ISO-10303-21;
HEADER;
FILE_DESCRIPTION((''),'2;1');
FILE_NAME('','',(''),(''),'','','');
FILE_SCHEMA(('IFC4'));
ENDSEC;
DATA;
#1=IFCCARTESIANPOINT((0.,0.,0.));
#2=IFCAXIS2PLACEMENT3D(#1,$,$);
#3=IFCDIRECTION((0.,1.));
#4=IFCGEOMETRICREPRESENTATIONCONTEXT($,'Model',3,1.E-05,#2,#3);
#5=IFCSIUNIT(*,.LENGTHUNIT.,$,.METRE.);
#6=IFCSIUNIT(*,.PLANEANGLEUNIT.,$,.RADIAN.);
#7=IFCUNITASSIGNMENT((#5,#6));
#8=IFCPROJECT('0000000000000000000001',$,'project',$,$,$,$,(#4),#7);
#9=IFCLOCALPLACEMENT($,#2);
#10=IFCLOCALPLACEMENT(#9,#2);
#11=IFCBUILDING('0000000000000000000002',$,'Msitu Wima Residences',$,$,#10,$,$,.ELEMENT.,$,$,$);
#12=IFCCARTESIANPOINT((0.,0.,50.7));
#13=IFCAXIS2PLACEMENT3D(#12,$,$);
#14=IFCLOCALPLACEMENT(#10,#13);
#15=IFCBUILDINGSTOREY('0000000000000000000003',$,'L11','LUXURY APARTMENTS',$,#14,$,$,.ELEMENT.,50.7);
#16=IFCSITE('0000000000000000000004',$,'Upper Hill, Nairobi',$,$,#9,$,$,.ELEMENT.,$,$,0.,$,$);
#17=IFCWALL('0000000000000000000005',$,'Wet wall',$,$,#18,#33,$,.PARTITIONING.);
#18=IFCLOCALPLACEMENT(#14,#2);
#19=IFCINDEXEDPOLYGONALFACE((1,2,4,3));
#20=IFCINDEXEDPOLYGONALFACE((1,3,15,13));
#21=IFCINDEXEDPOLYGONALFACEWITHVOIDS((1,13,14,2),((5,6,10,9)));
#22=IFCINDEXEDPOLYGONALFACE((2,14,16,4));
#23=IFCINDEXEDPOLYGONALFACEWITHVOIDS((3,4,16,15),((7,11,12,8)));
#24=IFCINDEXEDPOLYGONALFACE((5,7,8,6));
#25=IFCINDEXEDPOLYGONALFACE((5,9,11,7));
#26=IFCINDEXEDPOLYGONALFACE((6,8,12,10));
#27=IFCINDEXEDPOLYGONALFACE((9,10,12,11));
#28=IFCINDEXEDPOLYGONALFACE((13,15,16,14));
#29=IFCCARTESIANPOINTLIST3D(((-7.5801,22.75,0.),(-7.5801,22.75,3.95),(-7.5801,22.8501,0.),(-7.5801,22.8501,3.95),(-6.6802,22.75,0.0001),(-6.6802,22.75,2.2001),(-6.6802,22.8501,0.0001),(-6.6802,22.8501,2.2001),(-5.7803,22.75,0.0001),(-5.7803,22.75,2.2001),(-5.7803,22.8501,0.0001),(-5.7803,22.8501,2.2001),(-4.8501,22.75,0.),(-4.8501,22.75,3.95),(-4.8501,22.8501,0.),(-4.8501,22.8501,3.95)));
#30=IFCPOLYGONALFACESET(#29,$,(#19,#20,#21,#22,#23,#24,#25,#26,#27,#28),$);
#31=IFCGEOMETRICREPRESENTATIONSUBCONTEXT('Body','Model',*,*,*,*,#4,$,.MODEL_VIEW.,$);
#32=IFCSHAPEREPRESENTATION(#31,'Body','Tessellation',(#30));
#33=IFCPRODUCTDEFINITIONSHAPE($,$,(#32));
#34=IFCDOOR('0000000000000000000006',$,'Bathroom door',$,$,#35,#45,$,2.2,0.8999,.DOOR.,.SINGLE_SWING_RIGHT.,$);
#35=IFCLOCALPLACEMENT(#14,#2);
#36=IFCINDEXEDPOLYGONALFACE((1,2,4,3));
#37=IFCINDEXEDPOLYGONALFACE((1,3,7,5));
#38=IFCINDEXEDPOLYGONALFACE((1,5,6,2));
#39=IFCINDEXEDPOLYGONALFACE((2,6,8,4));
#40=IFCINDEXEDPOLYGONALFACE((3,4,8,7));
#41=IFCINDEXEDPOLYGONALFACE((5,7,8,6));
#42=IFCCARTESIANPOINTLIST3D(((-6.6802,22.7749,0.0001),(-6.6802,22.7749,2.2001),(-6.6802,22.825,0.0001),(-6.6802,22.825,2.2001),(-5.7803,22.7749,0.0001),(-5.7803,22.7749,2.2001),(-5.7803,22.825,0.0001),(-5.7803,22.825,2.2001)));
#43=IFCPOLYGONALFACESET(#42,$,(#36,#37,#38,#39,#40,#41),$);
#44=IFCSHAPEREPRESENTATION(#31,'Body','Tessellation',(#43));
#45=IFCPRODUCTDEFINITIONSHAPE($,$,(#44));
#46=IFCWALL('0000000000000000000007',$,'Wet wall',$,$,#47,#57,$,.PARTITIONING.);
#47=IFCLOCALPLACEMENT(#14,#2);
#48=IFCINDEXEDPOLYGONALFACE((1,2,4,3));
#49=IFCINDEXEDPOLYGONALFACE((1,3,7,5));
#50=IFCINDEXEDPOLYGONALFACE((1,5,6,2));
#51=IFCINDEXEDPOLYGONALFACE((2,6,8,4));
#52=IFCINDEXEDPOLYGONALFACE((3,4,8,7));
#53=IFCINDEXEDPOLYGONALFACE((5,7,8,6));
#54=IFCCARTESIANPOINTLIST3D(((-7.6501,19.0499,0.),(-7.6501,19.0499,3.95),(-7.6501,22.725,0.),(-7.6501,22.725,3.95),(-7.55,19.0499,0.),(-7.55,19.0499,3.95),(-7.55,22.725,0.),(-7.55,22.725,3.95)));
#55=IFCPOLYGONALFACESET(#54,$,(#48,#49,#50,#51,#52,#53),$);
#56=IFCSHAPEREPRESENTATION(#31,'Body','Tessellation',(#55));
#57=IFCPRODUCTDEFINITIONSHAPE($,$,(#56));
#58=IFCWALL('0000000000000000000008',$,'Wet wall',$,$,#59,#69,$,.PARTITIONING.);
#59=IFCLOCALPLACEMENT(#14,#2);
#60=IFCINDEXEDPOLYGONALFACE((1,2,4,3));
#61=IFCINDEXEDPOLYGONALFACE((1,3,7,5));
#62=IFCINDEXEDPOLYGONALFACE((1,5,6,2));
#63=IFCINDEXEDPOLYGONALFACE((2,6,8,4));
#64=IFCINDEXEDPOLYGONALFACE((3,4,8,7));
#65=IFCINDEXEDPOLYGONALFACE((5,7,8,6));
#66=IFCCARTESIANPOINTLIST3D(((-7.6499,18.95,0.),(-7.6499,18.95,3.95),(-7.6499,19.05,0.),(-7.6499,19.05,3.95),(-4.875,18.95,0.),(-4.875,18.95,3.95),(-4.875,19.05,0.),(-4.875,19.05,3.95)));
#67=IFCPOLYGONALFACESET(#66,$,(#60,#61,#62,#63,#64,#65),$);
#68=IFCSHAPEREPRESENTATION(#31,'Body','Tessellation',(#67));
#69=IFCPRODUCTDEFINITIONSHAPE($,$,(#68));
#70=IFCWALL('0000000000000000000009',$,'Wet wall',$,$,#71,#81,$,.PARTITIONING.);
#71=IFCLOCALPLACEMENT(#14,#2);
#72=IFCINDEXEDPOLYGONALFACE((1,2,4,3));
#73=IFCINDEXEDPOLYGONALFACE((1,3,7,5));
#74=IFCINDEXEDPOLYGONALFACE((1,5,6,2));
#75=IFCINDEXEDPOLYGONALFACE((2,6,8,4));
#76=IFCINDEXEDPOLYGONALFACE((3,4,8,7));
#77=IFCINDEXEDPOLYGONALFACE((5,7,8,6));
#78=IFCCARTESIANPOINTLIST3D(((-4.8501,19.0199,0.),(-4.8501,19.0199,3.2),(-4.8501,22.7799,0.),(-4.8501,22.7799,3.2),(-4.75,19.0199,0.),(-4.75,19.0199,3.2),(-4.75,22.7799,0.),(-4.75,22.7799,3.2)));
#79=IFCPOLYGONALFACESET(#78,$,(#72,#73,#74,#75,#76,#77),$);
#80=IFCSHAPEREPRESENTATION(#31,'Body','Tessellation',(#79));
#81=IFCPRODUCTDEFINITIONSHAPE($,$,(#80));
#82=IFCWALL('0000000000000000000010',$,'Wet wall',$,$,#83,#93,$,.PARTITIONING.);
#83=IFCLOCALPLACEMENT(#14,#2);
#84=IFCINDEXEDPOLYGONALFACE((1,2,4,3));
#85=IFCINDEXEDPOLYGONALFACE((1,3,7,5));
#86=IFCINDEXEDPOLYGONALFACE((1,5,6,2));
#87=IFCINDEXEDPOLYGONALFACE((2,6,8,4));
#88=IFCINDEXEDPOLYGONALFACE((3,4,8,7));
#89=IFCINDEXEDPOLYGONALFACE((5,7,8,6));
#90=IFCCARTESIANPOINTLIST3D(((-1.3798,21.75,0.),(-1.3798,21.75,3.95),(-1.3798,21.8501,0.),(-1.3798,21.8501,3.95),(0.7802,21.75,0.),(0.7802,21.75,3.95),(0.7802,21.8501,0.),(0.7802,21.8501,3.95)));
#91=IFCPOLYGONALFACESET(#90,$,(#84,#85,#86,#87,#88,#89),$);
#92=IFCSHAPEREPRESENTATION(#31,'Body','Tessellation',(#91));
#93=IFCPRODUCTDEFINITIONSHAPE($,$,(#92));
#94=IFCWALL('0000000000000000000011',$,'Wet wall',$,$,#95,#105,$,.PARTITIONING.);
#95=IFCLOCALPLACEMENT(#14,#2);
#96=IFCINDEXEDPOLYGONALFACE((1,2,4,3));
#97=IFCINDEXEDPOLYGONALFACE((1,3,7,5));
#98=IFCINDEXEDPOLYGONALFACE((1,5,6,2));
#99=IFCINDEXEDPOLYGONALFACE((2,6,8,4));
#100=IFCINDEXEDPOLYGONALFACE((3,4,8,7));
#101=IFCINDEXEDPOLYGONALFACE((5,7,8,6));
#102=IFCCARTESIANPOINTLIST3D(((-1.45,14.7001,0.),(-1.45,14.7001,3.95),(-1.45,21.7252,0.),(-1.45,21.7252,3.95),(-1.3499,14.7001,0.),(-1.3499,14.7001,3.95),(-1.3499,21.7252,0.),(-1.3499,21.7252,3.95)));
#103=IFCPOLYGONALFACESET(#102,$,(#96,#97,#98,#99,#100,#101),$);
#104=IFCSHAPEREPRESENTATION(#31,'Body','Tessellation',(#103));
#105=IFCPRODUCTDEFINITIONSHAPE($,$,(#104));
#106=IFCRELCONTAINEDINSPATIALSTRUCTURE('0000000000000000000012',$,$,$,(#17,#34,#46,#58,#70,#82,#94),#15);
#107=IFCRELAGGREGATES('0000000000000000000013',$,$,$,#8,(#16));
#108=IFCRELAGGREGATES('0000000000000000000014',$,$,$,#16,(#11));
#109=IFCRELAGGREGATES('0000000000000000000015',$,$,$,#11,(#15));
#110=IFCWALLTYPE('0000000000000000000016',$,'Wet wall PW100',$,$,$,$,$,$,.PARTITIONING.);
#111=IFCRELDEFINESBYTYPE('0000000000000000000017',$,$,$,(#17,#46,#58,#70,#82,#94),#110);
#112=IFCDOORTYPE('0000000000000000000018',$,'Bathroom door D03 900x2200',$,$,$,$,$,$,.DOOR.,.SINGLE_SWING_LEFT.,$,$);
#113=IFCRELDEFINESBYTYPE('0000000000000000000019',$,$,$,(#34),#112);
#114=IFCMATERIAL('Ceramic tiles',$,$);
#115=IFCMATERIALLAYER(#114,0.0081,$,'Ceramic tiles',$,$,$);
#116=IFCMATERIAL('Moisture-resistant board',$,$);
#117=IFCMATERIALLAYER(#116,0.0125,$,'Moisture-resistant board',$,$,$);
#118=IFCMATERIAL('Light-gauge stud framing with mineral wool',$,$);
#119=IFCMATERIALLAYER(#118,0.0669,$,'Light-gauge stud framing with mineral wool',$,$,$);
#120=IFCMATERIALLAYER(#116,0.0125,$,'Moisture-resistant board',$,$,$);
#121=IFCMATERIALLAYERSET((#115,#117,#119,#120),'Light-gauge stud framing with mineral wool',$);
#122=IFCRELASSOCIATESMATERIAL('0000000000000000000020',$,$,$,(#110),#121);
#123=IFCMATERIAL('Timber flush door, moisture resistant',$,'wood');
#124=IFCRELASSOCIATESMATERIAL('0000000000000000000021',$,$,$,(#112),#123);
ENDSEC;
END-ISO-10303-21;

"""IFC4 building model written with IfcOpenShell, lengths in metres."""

from ifc_helpers import new_model, si_unit, direction, frame, frame_2d, origin, place, context, subcontext, project, spatial, rectangle, extrude, material, layer, layer_set, type_object, element, fill, save


model = new_model("IFC4")

# Units and contexts
model_context = context("Model", 3, precision=1e-05, world=origin(), true_north=direction((0.0, 1.0)))
body_context = subcontext(model_context, "Body", "Model", "MODEL_VIEW")
ifc_project = project(units=[si_unit("LENGTHUNIT", "METRE"), si_unit("PLANEANGLEUNIT", "RADIAN")], contexts=[model_context])

# Site, building, storey
site_placement = place(None, origin())
site = spatial("IfcSite", under=ifc_project, at=site_placement, Name="Upper Hill, Nairobi", CompositionType="ELEMENT", RefElevation=0.0)
building_placement = place(site_placement, origin())
building = spatial("IfcBuilding", under=site, at=building_placement, Name="Msitu Wima Residences", CompositionType="ELEMENT")
storey_placement = place(building_placement, frame((0.0, 0.0, 50.7)))
storey = spatial("IfcBuildingStorey", under=building, at=storey_placement, Name="L11", Description="LUXURY APARTMENTS", CompositionType="ELEMENT", Elevation=50.7)

# Shared definitions
ifc_material_1 = material(Name="Ceramic tiles")
ifc_layer_1 = layer(ifc_material_1, 0.0081, Name="Ceramic tiles")
ifc_material_2 = material(Name="Moisture-resistant board")
ifc_layer_2 = layer(ifc_material_2, 0.0125, Name="Moisture-resistant board")
ifc_material_3 = material(Name="Light-gauge stud framing with mineral wool")
ifc_layer_3 = layer(ifc_material_3, 0.0669, Name="Light-gauge stud framing with mineral wool")
ifc_layer_4 = layer(ifc_material_2, 0.0125, Name="Moisture-resistant board")
ifc_layer_set_1 = layer_set([ifc_layer_1, ifc_layer_2, ifc_layer_3, ifc_layer_4], Name="Light-gauge stud framing with mineral wool")
wall_type_1 = type_object("IfcWallType", Name="Wet wall PW100", PredefinedType="PARTITIONING", material=ifc_layer_set_1)

# Wall, opening, door
wall_1_placement = place(storey_placement, frame((-7.5801, 22.8, 0.0), z_axis=(0.0, 0.0, 1.0), x_axis=(1.0, 0.0, 0.0)))
wall_1 = element("IfcWall", 1, at=wall_1_placement, inside=storey, type_object=wall_type_1, Name="Wet wall", PredefinedType="PARTITIONING", context=body_context, shape_type="SweptSolid", body=[
    extrude(rectangle(XDim=2.73, YDim=0.1001, at=frame_2d((1.365, 0.0))), origin(), (0.0, 0.0, 1.0), 3.95),
])
opening_1_placement = place(wall_1_placement, frame((0.8999, 0.0, 0.0)))
opening_1 = element("IfcOpeningElement", 2, at=opening_1_placement, cuts=wall_1, PredefinedType="OPENING", context=body_context, shape_type="SweptSolid", body=[
    extrude(rectangle(XDim=0.8999, YDim=2.2, at=frame_2d((0.45, 1.1001))), frame((0.0, 0.0601, 0.0), z_axis=(0.0, -1.0, 0.0), x_axis=(1.0, 0.0, 0.0)), (0.0, 0.0, 1.0), 0.1201),
])
ifc_material_4 = material(Name="Timber flush door, moisture resistant", Category="wood")
door_type_1 = type_object("IfcDoorType", Name="Bathroom door D03 900x2200", OperationType="SINGLE_SWING_LEFT", PredefinedType="DOOR", material=ifc_material_4)
door_1_placement = place(opening_1_placement, origin())
door_1 = element("IfcDoor", 3, at=door_1_placement, inside=storey, type_object=door_type_1, Name="Bathroom door", OperationType="SINGLE_SWING_RIGHT", OverallHeight=2.2, OverallWidth=0.8999, PredefinedType="DOOR", context=body_context, shape_type="SweptSolid", body=[
    extrude(rectangle(XDim=0.8999, YDim=2.2, at=frame_2d((0.45, 1.1001))), frame((0.0, 0.0249, 0.0), z_axis=(0.0, -1.0, 0.0), x_axis=(1.0, 0.0, 0.0)), (0.0, 0.0, 1.0), 0.05),
])
fill(opening_1, door_1)

# Walls
wall_2_placement = place(storey_placement, frame((-7.6001, 19.05, 0.0), z_axis=(0.0, 0.0, 1.0), x_axis=(0.0, 1.0, 0.0)))
element("IfcWall", 4, at=wall_2_placement, inside=storey, type_object=wall_type_1, Name="Wet wall", PredefinedType="PARTITIONING", context=body_context, shape_type="SweptSolid", body=[
    extrude(rectangle(XDim=3.675, YDim=0.1001, at=frame_2d((1.8374, 0.0))), origin(), (0.0, 0.0, 1.0), 3.95),
])
wall_3_placement = place(storey_placement, frame((-7.6499, 19.0, 0.0), z_axis=(0.0, 0.0, 1.0), x_axis=(1.0, 0.0, 0.0)))
element("IfcWall", 5, at=wall_3_placement, inside=storey, type_object=wall_type_1, Name="Wet wall", PredefinedType="PARTITIONING", context=body_context, shape_type="SweptSolid", body=[
    extrude(rectangle(XDim=2.7749, YDim=0.1001, at=frame_2d((1.3875, 0.0))), origin(), (0.0, 0.0, 1.0), 3.95),
])
wall_4_placement = place(storey_placement, frame((-4.8, 19.02, 0.0), z_axis=(0.0, 0.0, 1.0), x_axis=(0.0, 1.0, 0.0)))
element("IfcWall", 6, at=wall_4_placement, inside=storey, type_object=wall_type_1, Name="Wet wall", PredefinedType="PARTITIONING", context=body_context, shape_type="SweptSolid", body=[
    extrude(rectangle(XDim=3.76, YDim=0.1001, at=frame_2d((1.8799, 0.0))), origin(), (0.0, 0.0, 1.0), 3.2),
])
wall_5_placement = place(storey_placement, frame((-1.3799, 21.8, 0.0), z_axis=(0.0, 0.0, 1.0), x_axis=(1.0, 0.0, 0.0)))
element("IfcWall", 7, at=wall_5_placement, inside=storey, type_object=wall_type_1, Name="Wet wall", PredefinedType="PARTITIONING", context=body_context, shape_type="SweptSolid", body=[
    extrude(rectangle(XDim=2.1599, YDim=0.1001, at=frame_2d((1.0801, 0.0))), origin(), (0.0, 0.0, 1.0), 3.95),
])
wall_6_placement = place(storey_placement, frame((-1.3999, 14.7, 0.0), z_axis=(0.0, 0.0, 1.0), x_axis=(0.0, 1.0, 0.0)))
element("IfcWall", 8, at=wall_6_placement, inside=storey, type_object=wall_type_1, Name="Wet wall", PredefinedType="PARTITIONING", context=body_context, shape_type="SweptSolid", body=[
    extrude(rectangle(XDim=7.0251, YDim=0.1001, at=frame_2d((3.5127, 0.0))), origin(), (0.0, 0.0, 1.0), 3.95),
])

save(model, "model.ifc")
